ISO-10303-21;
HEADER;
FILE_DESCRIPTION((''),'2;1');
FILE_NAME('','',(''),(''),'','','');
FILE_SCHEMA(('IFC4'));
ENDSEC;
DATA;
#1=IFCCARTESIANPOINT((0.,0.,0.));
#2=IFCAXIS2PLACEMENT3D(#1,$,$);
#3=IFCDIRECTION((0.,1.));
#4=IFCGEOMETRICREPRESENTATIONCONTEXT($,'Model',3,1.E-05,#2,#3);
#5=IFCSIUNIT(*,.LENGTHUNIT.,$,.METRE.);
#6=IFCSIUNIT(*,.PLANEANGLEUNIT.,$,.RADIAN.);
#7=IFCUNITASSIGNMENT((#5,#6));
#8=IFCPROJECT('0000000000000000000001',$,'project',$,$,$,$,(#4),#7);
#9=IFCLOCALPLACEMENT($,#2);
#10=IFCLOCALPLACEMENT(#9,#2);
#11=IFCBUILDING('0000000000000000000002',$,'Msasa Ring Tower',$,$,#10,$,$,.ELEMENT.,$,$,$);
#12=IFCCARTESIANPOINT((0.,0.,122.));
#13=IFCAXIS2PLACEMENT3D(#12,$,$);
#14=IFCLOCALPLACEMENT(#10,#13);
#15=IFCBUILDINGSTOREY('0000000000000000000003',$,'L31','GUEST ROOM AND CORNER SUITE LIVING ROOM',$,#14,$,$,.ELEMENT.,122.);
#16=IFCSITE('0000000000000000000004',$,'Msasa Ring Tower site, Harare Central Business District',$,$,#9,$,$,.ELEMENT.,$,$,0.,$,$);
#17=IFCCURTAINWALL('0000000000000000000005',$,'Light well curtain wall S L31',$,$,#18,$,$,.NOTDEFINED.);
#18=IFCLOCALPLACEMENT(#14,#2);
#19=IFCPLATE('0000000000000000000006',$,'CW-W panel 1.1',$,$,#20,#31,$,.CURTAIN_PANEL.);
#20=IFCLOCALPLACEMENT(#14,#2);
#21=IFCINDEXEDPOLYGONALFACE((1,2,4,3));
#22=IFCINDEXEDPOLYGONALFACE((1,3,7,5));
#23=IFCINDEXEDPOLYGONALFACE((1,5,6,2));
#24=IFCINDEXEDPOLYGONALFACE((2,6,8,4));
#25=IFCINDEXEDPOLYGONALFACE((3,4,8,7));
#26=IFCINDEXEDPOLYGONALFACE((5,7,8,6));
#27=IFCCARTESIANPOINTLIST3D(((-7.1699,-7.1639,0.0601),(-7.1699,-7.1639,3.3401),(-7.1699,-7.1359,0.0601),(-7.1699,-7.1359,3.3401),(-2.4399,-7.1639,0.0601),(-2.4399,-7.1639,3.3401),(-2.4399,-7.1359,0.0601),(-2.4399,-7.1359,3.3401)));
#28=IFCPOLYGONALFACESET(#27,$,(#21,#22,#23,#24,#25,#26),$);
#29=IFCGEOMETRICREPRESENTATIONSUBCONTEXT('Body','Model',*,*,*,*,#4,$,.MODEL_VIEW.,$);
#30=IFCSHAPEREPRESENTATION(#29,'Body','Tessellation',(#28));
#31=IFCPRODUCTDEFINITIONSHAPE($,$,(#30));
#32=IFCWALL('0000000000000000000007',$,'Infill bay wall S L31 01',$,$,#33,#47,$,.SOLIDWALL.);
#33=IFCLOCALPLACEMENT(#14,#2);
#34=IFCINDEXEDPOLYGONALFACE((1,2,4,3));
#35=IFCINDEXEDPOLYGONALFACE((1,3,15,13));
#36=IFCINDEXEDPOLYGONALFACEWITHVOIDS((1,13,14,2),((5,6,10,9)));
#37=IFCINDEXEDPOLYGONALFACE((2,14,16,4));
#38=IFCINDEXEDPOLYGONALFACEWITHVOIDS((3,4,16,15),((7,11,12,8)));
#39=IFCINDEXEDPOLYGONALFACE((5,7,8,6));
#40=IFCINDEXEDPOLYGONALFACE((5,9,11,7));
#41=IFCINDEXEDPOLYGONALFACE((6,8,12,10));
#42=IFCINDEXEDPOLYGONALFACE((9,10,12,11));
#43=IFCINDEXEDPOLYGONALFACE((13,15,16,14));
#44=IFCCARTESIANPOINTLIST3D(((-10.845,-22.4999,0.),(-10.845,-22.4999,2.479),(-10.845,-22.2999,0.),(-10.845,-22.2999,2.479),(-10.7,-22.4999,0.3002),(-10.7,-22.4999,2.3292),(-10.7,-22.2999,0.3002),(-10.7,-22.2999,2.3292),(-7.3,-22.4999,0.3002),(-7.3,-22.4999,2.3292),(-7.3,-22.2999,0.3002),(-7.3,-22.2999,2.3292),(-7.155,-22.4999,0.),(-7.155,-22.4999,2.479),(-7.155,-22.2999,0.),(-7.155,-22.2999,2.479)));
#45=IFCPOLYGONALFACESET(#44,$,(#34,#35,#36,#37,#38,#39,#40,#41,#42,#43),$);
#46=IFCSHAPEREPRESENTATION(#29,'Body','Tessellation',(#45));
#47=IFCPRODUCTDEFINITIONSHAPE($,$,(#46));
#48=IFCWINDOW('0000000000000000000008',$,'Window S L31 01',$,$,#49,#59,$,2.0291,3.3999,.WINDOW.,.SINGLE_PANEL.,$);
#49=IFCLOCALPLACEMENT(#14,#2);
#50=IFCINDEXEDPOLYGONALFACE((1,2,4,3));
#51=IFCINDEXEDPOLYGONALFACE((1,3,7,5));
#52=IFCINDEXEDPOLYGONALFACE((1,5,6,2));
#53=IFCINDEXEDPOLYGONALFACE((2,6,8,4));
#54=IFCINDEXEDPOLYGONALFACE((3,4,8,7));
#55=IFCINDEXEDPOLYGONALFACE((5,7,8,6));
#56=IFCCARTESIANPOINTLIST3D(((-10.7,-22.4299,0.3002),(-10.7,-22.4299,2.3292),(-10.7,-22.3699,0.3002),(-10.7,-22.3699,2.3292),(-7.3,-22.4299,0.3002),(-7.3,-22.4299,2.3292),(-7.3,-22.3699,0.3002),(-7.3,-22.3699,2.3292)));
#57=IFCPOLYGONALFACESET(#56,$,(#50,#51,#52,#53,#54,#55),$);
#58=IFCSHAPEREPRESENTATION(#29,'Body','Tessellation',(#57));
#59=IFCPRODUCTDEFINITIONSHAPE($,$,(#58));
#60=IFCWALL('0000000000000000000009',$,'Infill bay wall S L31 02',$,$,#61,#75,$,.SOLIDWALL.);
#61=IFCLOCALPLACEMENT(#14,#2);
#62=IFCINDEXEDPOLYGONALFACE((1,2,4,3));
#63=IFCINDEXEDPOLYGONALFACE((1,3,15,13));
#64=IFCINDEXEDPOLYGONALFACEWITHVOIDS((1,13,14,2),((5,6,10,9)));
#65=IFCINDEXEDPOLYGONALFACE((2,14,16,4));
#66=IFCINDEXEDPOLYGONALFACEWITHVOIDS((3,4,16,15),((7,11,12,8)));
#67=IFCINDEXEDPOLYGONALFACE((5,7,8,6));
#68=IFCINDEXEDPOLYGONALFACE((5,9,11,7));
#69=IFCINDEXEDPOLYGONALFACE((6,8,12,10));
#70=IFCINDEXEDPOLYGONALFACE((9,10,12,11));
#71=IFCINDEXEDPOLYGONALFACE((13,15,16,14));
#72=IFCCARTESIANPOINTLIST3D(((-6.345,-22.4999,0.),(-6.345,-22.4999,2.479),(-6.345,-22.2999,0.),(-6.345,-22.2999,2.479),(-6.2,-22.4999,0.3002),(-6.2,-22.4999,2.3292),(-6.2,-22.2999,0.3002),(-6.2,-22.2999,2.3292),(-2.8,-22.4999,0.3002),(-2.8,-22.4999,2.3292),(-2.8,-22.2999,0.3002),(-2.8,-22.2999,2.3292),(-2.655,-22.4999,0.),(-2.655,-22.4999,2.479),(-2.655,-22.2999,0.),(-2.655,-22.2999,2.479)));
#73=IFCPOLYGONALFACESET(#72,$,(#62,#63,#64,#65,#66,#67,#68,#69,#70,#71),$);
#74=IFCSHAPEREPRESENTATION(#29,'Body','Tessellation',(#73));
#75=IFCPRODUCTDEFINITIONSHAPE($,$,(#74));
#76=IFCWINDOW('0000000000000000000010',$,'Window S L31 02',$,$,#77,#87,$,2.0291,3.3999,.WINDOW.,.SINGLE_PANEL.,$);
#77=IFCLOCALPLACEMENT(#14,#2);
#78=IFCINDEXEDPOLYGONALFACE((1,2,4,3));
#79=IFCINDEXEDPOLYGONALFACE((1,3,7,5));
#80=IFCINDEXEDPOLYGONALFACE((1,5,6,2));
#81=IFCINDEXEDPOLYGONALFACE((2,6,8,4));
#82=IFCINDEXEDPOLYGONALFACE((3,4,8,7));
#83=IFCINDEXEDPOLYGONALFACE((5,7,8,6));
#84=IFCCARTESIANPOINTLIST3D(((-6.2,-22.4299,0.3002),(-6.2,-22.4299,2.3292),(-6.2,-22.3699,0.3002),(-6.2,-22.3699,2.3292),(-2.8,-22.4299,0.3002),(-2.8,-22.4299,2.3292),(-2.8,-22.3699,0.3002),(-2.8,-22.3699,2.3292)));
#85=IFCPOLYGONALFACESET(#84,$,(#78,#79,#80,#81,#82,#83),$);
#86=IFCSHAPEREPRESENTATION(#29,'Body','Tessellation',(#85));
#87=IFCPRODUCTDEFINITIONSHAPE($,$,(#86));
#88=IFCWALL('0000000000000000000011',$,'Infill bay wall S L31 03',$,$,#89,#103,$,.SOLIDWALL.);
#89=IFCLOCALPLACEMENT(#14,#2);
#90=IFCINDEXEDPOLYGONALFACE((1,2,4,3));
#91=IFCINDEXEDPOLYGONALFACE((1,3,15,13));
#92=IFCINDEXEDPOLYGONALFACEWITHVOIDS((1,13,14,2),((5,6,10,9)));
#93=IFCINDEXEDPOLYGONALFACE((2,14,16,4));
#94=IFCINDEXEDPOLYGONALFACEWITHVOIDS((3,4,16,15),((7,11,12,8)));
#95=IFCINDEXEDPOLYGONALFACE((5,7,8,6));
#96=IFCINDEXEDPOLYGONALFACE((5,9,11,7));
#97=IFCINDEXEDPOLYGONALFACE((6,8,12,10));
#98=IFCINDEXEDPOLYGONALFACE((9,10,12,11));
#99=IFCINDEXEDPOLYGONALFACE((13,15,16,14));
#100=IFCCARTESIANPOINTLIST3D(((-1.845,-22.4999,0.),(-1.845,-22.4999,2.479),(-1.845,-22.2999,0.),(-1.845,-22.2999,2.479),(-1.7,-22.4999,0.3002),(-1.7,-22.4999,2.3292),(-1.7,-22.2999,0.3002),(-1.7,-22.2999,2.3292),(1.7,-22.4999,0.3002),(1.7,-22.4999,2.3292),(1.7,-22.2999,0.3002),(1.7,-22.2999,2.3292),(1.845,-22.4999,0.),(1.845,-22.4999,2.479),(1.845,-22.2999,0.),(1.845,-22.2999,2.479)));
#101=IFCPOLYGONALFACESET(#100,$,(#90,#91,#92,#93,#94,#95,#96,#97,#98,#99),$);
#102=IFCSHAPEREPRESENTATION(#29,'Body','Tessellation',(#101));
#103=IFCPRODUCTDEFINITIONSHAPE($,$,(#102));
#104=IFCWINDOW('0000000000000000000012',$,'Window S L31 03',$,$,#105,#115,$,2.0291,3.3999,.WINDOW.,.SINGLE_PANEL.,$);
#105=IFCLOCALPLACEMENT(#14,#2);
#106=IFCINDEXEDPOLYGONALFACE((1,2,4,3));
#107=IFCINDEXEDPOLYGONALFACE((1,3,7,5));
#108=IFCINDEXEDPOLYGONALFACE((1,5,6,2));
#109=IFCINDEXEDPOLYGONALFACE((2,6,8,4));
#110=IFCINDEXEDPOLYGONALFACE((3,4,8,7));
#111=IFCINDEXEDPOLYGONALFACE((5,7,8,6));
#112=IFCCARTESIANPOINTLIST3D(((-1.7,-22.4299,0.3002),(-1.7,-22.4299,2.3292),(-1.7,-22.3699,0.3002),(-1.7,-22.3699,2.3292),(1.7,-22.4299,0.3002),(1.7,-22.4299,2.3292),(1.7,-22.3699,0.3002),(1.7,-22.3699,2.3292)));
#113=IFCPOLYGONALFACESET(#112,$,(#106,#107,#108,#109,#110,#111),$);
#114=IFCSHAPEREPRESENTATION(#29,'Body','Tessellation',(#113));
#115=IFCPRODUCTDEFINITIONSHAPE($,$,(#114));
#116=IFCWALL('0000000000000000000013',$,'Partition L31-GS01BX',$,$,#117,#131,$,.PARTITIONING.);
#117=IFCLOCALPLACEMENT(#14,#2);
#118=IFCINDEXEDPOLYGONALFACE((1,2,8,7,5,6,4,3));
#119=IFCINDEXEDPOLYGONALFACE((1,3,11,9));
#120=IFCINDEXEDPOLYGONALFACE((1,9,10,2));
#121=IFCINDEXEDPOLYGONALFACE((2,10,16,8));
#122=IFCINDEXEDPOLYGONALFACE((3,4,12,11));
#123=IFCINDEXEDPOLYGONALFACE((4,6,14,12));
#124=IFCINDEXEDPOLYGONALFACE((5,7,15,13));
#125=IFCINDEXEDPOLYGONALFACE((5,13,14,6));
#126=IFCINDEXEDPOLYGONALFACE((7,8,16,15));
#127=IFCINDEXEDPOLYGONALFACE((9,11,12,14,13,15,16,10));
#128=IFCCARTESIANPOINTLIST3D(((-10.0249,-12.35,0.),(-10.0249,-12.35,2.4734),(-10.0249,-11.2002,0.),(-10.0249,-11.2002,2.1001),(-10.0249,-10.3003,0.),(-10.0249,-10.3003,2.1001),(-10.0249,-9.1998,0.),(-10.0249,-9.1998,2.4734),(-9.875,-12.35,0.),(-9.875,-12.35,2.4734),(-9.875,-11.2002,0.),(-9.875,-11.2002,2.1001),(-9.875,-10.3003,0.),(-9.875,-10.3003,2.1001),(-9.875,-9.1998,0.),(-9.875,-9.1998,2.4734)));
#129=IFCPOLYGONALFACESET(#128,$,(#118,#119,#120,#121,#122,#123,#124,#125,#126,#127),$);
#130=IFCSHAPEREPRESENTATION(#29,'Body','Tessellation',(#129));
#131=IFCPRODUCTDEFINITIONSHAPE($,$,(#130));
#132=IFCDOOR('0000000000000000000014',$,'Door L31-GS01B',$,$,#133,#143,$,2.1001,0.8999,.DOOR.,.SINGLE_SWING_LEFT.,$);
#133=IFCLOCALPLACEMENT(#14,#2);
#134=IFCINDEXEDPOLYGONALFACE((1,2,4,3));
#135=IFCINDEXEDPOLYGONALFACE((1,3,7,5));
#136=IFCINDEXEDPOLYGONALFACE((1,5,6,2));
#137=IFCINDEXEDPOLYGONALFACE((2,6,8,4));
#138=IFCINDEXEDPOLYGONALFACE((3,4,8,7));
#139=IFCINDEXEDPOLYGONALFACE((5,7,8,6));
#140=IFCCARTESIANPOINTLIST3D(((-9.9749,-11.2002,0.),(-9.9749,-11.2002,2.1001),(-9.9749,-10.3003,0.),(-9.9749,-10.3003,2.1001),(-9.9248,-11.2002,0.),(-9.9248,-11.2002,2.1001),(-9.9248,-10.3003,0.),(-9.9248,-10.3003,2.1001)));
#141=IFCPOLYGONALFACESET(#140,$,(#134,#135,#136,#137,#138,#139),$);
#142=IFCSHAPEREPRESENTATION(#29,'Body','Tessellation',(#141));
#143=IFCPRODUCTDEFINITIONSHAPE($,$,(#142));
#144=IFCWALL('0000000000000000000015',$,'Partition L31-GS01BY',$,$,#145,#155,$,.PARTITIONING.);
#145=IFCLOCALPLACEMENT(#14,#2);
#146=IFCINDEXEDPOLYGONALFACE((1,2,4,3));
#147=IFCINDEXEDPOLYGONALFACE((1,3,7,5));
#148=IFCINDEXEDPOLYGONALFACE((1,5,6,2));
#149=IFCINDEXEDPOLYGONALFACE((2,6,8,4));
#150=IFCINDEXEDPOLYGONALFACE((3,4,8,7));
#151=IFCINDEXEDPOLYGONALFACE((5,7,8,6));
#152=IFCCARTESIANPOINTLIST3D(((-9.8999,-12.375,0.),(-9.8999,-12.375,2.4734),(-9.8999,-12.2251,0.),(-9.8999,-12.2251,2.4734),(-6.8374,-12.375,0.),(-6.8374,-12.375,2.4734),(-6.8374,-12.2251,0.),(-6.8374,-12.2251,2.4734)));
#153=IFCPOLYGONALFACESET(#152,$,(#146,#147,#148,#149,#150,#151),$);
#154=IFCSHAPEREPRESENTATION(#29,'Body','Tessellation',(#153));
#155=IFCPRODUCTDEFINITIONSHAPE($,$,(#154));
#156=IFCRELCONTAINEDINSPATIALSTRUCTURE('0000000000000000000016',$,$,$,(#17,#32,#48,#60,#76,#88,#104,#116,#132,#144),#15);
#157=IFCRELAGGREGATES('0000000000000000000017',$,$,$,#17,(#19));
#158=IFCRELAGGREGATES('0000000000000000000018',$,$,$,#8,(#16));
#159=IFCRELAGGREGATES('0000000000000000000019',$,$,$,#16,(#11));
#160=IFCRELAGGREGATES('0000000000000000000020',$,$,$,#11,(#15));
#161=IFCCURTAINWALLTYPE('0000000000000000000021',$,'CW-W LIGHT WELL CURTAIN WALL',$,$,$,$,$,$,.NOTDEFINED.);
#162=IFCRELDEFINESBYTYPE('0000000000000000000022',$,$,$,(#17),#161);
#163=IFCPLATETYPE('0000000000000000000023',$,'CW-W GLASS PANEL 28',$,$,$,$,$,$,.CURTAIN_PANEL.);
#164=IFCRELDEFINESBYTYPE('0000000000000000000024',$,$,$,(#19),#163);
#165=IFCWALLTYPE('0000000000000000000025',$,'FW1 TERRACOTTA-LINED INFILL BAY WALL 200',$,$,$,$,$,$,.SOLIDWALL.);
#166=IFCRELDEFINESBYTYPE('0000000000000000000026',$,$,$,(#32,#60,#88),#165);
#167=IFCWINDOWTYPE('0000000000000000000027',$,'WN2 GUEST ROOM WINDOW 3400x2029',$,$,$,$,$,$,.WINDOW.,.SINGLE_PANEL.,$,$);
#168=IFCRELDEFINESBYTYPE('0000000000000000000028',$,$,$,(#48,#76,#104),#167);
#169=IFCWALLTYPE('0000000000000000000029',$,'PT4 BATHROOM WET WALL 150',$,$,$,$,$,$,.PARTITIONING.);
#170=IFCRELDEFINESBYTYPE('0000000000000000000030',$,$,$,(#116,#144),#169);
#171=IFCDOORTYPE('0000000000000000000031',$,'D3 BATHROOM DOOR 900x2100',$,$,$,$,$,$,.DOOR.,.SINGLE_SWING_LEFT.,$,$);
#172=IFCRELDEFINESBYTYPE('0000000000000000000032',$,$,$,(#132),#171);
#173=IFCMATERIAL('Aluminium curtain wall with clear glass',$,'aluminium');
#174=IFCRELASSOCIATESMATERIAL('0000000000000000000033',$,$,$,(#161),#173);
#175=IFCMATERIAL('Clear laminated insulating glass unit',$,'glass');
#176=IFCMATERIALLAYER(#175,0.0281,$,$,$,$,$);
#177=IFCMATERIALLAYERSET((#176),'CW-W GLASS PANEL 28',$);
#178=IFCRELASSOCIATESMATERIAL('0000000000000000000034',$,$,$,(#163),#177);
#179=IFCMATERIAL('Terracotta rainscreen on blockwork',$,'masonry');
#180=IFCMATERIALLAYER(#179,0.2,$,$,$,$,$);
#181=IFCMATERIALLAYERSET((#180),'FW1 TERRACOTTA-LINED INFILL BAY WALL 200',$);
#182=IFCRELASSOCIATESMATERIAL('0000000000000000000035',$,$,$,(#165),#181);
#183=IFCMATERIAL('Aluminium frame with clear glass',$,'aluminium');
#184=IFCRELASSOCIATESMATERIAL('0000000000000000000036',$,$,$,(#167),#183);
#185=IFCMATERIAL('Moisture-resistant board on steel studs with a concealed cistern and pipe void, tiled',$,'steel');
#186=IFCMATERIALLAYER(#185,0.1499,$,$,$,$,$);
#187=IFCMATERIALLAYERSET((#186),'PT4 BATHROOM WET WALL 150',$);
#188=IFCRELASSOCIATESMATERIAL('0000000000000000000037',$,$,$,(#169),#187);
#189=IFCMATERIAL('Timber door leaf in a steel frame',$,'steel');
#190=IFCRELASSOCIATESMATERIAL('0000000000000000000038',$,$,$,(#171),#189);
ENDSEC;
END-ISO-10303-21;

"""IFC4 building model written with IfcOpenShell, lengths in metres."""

from ifc_helpers import new_model, si_unit, direction, frame, frame_2d, origin, origin_2d, place, context, subcontext, project, spatial, rectangle, extrude, material, layer, layer_set, type_object, element, fill, aggregate, save


model = new_model("IFC4")

# Units and contexts
model_context = context("Model", 3, precision=1e-05, world=origin(), true_north=direction((0.0, 1.0)))
body_context = subcontext(model_context, "Body", "Model", "MODEL_VIEW")
ifc_project = project(units=[si_unit("LENGTHUNIT", "METRE"), si_unit("PLANEANGLEUNIT", "RADIAN")], contexts=[model_context])

# Site, building, storey
site_placement = place(None, origin())
site = spatial("IfcSite", under=ifc_project, at=site_placement, Name="Msasa Ring Tower site, Harare Central Business District", CompositionType="ELEMENT", RefElevation=0.0)
building_placement = place(site_placement, origin())
building = spatial("IfcBuilding", under=site, at=building_placement, Name="Msasa Ring Tower", CompositionType="ELEMENT")
storey_placement = place(building_placement, frame((0.0, 0.0, 122.0)))
storey = spatial("IfcBuildingStorey", under=building, at=storey_placement, Name="L31", Description="GUEST ROOM AND CORNER SUITE LIVING ROOM", CompositionType="ELEMENT", Elevation=122.0)

# Curtain wall
ifc_material_1 = material(Name="Aluminium curtain wall with clear glass", Category="aluminium")
curtain_wall_type = type_object("IfcCurtainWallType", Name="CW-W LIGHT WELL CURTAIN WALL", PredefinedType="NOTDEFINED", material=ifc_material_1)
curtain_wall_placement = place(storey_placement, origin())
curtain_wall = element("IfcCurtainWall", 1, at=curtain_wall_placement, inside=storey, type_object=curtain_wall_type, Name="Light well curtain wall S L31", PredefinedType="NOTDEFINED")

# Plate
ifc_material_2 = material(Name="Clear laminated insulating glass unit", Category="glass")
ifc_layer_1 = layer(ifc_material_2, 0.0281)
ifc_layer_set_1 = layer_set([ifc_layer_1], Name="CW-W GLASS PANEL 28")
plate_type = type_object("IfcPlateType", Name="CW-W GLASS PANEL 28", PredefinedType="CURTAIN_PANEL", material=ifc_layer_set_1)
plate_placement = place(storey_placement, frame((-4.8049, -7.1499, 0.0601), z_axis=(0.0, 0.0, 1.0), x_axis=(1.0, 0.0, 0.0)))
plate = element("IfcPlate", 2, at=plate_placement, type_object=plate_type, Name="CW-W panel 1.1", PredefinedType="CURTAIN_PANEL", context=body_context, shape_type="SweptSolid", body=[
    extrude(rectangle(XDim=4.73, YDim=0.0281, at=origin_2d()), origin(), (0.0, 0.0, 1.0), 3.28),
])
aggregate(curtain_wall, [plate])

# Walls, openings, windows
ifc_material_3 = material(Name="Terracotta rainscreen on blockwork", Category="masonry")
ifc_layer_2 = layer(ifc_material_3, 0.2)
ifc_layer_set_2 = layer_set([ifc_layer_2], Name="FW1 TERRACOTTA-LINED INFILL BAY WALL 200")
wall_type_1 = type_object("IfcWallType", Name="FW1 TERRACOTTA-LINED INFILL BAY WALL 200", PredefinedType="SOLIDWALL", material=ifc_layer_set_2)
wall_1_placement = place(storey_placement, frame((-10.845, -22.3999, 0.0), z_axis=(0.0, 0.0, 1.0), x_axis=(1.0, 0.0, 0.0)))
wall_1 = element("IfcWall", 3, at=wall_1_placement, inside=storey, type_object=wall_type_1, Name="Infill bay wall S L31 01", PredefinedType="SOLIDWALL", context=body_context, shape_type="SweptSolid", body=[
    extrude(rectangle(XDim=3.6899, YDim=0.2, at=frame_2d((1.845, 0.0))), origin(), (0.0, 0.0, 1.0), 2.479),
])
opening_1_placement = place(wall_1_placement, frame((0.145, 0.0, 0.3)))
opening_1 = element("IfcOpeningElement", 4, at=opening_1_placement, cuts=wall_1, PredefinedType="OPENING", context=body_context, shape_type="SweptSolid", body=[
    extrude(rectangle(XDim=3.3999, YDim=2.0291, at=frame_2d((1.7, 1.0146))), frame((0.0, 0.1099, 0.0), z_axis=(0.0, -1.0, 0.0), x_axis=(1.0, 0.0, 0.0)), (0.0, 0.0, 1.0), 0.22),
])
ifc_material_4 = material(Name="Aluminium frame with clear glass", Category="aluminium")
window_type = type_object("IfcWindowType", Name="WN2 GUEST ROOM WINDOW 3400x2029", PartitioningType="SINGLE_PANEL", PredefinedType="WINDOW", material=ifc_material_4)
window_1_placement = place(opening_1_placement, origin())
window_1 = element("IfcWindow", 5, at=window_1_placement, inside=storey, type_object=window_type, Name="Window S L31 01", OverallHeight=2.0291, OverallWidth=3.3999, PartitioningType="SINGLE_PANEL", PredefinedType="WINDOW", context=body_context, shape_type="SweptSolid", body=[
    extrude(rectangle(XDim=3.3999, YDim=2.0291, at=frame_2d((1.7, 1.0146))), frame((0.0, 0.03, 0.0), z_axis=(0.0, -1.0, 0.0), x_axis=(1.0, 0.0, 0.0)), (0.0, 0.0, 1.0), 0.0601),
])
fill(opening_1, window_1)
wall_2_placement = place(storey_placement, frame((-6.345, -22.3999, 0.0), z_axis=(0.0, 0.0, 1.0), x_axis=(1.0, 0.0, 0.0)))
wall_2 = element("IfcWall", 6, at=wall_2_placement, inside=storey, type_object=wall_type_1, Name="Infill bay wall S L31 02", PredefinedType="SOLIDWALL", context=body_context, shape_type="SweptSolid", body=[
    extrude(rectangle(XDim=3.6899, YDim=0.2, at=frame_2d((1.845, 0.0))), origin(), (0.0, 0.0, 1.0), 2.479),
])
opening_2_placement = place(wall_2_placement, frame((0.145, 0.0, 0.3)))
opening_2 = element("IfcOpeningElement", 7, at=opening_2_placement, cuts=wall_2, PredefinedType="OPENING", context=body_context, shape_type="SweptSolid", body=[
    extrude(rectangle(XDim=3.3999, YDim=2.0291, at=frame_2d((1.7, 1.0146))), frame((0.0, 0.1099, 0.0), z_axis=(0.0, -1.0, 0.0), x_axis=(1.0, 0.0, 0.0)), (0.0, 0.0, 1.0), 0.22),
])
window_2_placement = place(opening_2_placement, origin())
window_2 = element("IfcWindow", 8, at=window_2_placement, inside=storey, type_object=window_type, Name="Window S L31 02", OverallHeight=2.0291, OverallWidth=3.3999, PartitioningType="SINGLE_PANEL", PredefinedType="WINDOW", context=body_context, shape_type="SweptSolid", body=[
    extrude(rectangle(XDim=3.3999, YDim=2.0291, at=frame_2d((1.7, 1.0146))), frame((0.0, 0.03, 0.0), z_axis=(0.0, -1.0, 0.0), x_axis=(1.0, 0.0, 0.0)), (0.0, 0.0, 1.0), 0.0601),
])
fill(opening_2, window_2)
wall_3_placement = place(storey_placement, frame((-1.845, -22.3999, 0.0), z_axis=(0.0, 0.0, 1.0), x_axis=(1.0, 0.0, 0.0)))
wall_3 = element("IfcWall", 9, at=wall_3_placement, inside=storey, type_object=wall_type_1, Name="Infill bay wall S L31 03", PredefinedType="SOLIDWALL", context=body_context, shape_type="SweptSolid", body=[
    extrude(rectangle(XDim=3.6899, YDim=0.2, at=frame_2d((1.845, 0.0))), origin(), (0.0, 0.0, 1.0), 2.479),
])
opening_3_placement = place(wall_3_placement, frame((0.145, 0.0, 0.3)))
opening_3 = element("IfcOpeningElement", 10, at=opening_3_placement, cuts=wall_3, PredefinedType="OPENING", context=body_context, shape_type="SweptSolid", body=[
    extrude(rectangle(XDim=3.3999, YDim=2.0291, at=frame_2d((1.7, 1.0146))), frame((0.0, 0.1099, 0.0), z_axis=(0.0, -1.0, 0.0), x_axis=(1.0, 0.0, 0.0)), (0.0, 0.0, 1.0), 0.22),
])
window_3_placement = place(opening_3_placement, origin())
window_3 = element("IfcWindow", 11, at=window_3_placement, inside=storey, type_object=window_type, Name="Window S L31 03", OverallHeight=2.0291, OverallWidth=3.3999, PartitioningType="SINGLE_PANEL", PredefinedType="WINDOW", context=body_context, shape_type="SweptSolid", body=[
    extrude(rectangle(XDim=3.3999, YDim=2.0291, at=frame_2d((1.7, 1.0146))), frame((0.0, 0.03, 0.0), z_axis=(0.0, -1.0, 0.0), x_axis=(1.0, 0.0, 0.0)), (0.0, 0.0, 1.0), 0.0601),
])
fill(opening_3, window_3)

# Wall, opening, door
ifc_material_5 = material(Name="Moisture-resistant board on steel studs with a concealed cistern and pipe void, tiled", Category="steel")
ifc_layer_3 = layer(ifc_material_5, 0.1499)
ifc_layer_set_3 = layer_set([ifc_layer_3], Name="PT4 BATHROOM WET WALL 150")
wall_type_2 = type_object("IfcWallType", Name="PT4 BATHROOM WET WALL 150", PredefinedType="PARTITIONING", material=ifc_layer_set_3)
wall_4_placement = place(storey_placement, frame((-9.95, -12.3501, 0.0), z_axis=(0.0, 0.0, 1.0), x_axis=(0.0, 1.0, 0.0)))
wall_4 = element("IfcWall", 12, at=wall_4_placement, inside=storey, type_object=wall_type_2, Name="Partition L31-GS01BX", PredefinedType="PARTITIONING", context=body_context, shape_type="SweptSolid", body=[
    extrude(rectangle(XDim=3.1501, YDim=0.1499, at=frame_2d((1.5752, 0.0))), origin(), (0.0, 0.0, 1.0), 2.4734),
])
opening_4_placement = place(wall_4_placement, frame((1.1499, 0.0, 0.0)))
opening_4 = element("IfcOpeningElement", 13, at=opening_4_placement, cuts=wall_4, PredefinedType="OPENING", context=body_context, shape_type="SweptSolid", body=[
    extrude(rectangle(XDim=0.8999, YDim=2.1001, at=frame_2d((0.45, 1.05))), frame((0.0, 0.085, 0.0), z_axis=(0.0, -1.0, 0.0), x_axis=(1.0, 0.0, 0.0)), (0.0, 0.0, 1.0), 0.1699),
])
ifc_material_6 = material(Name="Timber door leaf in a steel frame", Category="steel")
door_type = type_object("IfcDoorType", Name="D3 BATHROOM DOOR 900x2100", OperationType="SINGLE_SWING_LEFT", PredefinedType="DOOR", material=ifc_material_6)
door_1_placement = place(opening_4_placement, origin())
door_1 = element("IfcDoor", 14, at=door_1_placement, inside=storey, type_object=door_type, Name="Door L31-GS01B", OperationType="SINGLE_SWING_LEFT", OverallHeight=2.1001, OverallWidth=0.8999, PredefinedType="DOOR", context=body_context, shape_type="SweptSolid", body=[
    extrude(rectangle(XDim=0.8999, YDim=2.1001, at=frame_2d((0.45, 1.05))), frame((0.0, 0.0249, 0.0), z_axis=(0.0, -1.0, 0.0), x_axis=(1.0, 0.0, 0.0)), (0.0, 0.0, 1.0), 0.05),
])
fill(opening_4, door_1)

# Wall
wall_5_placement = place(storey_placement, frame((-9.8999, -12.3, 0.0), z_axis=(0.0, 0.0, 1.0), x_axis=(1.0, 0.0, 0.0)))
element("IfcWall", 15, at=wall_5_placement, inside=storey, type_object=wall_type_2, Name="Partition L31-GS01BY", PredefinedType="PARTITIONING", context=body_context, shape_type="SweptSolid", body=[
    extrude(rectangle(XDim=3.0625, YDim=0.1499, at=frame_2d((1.5312, 0.0))), origin(), (0.0, 0.0, 1.0), 2.4734),
])

save(model, "model.ifc")
